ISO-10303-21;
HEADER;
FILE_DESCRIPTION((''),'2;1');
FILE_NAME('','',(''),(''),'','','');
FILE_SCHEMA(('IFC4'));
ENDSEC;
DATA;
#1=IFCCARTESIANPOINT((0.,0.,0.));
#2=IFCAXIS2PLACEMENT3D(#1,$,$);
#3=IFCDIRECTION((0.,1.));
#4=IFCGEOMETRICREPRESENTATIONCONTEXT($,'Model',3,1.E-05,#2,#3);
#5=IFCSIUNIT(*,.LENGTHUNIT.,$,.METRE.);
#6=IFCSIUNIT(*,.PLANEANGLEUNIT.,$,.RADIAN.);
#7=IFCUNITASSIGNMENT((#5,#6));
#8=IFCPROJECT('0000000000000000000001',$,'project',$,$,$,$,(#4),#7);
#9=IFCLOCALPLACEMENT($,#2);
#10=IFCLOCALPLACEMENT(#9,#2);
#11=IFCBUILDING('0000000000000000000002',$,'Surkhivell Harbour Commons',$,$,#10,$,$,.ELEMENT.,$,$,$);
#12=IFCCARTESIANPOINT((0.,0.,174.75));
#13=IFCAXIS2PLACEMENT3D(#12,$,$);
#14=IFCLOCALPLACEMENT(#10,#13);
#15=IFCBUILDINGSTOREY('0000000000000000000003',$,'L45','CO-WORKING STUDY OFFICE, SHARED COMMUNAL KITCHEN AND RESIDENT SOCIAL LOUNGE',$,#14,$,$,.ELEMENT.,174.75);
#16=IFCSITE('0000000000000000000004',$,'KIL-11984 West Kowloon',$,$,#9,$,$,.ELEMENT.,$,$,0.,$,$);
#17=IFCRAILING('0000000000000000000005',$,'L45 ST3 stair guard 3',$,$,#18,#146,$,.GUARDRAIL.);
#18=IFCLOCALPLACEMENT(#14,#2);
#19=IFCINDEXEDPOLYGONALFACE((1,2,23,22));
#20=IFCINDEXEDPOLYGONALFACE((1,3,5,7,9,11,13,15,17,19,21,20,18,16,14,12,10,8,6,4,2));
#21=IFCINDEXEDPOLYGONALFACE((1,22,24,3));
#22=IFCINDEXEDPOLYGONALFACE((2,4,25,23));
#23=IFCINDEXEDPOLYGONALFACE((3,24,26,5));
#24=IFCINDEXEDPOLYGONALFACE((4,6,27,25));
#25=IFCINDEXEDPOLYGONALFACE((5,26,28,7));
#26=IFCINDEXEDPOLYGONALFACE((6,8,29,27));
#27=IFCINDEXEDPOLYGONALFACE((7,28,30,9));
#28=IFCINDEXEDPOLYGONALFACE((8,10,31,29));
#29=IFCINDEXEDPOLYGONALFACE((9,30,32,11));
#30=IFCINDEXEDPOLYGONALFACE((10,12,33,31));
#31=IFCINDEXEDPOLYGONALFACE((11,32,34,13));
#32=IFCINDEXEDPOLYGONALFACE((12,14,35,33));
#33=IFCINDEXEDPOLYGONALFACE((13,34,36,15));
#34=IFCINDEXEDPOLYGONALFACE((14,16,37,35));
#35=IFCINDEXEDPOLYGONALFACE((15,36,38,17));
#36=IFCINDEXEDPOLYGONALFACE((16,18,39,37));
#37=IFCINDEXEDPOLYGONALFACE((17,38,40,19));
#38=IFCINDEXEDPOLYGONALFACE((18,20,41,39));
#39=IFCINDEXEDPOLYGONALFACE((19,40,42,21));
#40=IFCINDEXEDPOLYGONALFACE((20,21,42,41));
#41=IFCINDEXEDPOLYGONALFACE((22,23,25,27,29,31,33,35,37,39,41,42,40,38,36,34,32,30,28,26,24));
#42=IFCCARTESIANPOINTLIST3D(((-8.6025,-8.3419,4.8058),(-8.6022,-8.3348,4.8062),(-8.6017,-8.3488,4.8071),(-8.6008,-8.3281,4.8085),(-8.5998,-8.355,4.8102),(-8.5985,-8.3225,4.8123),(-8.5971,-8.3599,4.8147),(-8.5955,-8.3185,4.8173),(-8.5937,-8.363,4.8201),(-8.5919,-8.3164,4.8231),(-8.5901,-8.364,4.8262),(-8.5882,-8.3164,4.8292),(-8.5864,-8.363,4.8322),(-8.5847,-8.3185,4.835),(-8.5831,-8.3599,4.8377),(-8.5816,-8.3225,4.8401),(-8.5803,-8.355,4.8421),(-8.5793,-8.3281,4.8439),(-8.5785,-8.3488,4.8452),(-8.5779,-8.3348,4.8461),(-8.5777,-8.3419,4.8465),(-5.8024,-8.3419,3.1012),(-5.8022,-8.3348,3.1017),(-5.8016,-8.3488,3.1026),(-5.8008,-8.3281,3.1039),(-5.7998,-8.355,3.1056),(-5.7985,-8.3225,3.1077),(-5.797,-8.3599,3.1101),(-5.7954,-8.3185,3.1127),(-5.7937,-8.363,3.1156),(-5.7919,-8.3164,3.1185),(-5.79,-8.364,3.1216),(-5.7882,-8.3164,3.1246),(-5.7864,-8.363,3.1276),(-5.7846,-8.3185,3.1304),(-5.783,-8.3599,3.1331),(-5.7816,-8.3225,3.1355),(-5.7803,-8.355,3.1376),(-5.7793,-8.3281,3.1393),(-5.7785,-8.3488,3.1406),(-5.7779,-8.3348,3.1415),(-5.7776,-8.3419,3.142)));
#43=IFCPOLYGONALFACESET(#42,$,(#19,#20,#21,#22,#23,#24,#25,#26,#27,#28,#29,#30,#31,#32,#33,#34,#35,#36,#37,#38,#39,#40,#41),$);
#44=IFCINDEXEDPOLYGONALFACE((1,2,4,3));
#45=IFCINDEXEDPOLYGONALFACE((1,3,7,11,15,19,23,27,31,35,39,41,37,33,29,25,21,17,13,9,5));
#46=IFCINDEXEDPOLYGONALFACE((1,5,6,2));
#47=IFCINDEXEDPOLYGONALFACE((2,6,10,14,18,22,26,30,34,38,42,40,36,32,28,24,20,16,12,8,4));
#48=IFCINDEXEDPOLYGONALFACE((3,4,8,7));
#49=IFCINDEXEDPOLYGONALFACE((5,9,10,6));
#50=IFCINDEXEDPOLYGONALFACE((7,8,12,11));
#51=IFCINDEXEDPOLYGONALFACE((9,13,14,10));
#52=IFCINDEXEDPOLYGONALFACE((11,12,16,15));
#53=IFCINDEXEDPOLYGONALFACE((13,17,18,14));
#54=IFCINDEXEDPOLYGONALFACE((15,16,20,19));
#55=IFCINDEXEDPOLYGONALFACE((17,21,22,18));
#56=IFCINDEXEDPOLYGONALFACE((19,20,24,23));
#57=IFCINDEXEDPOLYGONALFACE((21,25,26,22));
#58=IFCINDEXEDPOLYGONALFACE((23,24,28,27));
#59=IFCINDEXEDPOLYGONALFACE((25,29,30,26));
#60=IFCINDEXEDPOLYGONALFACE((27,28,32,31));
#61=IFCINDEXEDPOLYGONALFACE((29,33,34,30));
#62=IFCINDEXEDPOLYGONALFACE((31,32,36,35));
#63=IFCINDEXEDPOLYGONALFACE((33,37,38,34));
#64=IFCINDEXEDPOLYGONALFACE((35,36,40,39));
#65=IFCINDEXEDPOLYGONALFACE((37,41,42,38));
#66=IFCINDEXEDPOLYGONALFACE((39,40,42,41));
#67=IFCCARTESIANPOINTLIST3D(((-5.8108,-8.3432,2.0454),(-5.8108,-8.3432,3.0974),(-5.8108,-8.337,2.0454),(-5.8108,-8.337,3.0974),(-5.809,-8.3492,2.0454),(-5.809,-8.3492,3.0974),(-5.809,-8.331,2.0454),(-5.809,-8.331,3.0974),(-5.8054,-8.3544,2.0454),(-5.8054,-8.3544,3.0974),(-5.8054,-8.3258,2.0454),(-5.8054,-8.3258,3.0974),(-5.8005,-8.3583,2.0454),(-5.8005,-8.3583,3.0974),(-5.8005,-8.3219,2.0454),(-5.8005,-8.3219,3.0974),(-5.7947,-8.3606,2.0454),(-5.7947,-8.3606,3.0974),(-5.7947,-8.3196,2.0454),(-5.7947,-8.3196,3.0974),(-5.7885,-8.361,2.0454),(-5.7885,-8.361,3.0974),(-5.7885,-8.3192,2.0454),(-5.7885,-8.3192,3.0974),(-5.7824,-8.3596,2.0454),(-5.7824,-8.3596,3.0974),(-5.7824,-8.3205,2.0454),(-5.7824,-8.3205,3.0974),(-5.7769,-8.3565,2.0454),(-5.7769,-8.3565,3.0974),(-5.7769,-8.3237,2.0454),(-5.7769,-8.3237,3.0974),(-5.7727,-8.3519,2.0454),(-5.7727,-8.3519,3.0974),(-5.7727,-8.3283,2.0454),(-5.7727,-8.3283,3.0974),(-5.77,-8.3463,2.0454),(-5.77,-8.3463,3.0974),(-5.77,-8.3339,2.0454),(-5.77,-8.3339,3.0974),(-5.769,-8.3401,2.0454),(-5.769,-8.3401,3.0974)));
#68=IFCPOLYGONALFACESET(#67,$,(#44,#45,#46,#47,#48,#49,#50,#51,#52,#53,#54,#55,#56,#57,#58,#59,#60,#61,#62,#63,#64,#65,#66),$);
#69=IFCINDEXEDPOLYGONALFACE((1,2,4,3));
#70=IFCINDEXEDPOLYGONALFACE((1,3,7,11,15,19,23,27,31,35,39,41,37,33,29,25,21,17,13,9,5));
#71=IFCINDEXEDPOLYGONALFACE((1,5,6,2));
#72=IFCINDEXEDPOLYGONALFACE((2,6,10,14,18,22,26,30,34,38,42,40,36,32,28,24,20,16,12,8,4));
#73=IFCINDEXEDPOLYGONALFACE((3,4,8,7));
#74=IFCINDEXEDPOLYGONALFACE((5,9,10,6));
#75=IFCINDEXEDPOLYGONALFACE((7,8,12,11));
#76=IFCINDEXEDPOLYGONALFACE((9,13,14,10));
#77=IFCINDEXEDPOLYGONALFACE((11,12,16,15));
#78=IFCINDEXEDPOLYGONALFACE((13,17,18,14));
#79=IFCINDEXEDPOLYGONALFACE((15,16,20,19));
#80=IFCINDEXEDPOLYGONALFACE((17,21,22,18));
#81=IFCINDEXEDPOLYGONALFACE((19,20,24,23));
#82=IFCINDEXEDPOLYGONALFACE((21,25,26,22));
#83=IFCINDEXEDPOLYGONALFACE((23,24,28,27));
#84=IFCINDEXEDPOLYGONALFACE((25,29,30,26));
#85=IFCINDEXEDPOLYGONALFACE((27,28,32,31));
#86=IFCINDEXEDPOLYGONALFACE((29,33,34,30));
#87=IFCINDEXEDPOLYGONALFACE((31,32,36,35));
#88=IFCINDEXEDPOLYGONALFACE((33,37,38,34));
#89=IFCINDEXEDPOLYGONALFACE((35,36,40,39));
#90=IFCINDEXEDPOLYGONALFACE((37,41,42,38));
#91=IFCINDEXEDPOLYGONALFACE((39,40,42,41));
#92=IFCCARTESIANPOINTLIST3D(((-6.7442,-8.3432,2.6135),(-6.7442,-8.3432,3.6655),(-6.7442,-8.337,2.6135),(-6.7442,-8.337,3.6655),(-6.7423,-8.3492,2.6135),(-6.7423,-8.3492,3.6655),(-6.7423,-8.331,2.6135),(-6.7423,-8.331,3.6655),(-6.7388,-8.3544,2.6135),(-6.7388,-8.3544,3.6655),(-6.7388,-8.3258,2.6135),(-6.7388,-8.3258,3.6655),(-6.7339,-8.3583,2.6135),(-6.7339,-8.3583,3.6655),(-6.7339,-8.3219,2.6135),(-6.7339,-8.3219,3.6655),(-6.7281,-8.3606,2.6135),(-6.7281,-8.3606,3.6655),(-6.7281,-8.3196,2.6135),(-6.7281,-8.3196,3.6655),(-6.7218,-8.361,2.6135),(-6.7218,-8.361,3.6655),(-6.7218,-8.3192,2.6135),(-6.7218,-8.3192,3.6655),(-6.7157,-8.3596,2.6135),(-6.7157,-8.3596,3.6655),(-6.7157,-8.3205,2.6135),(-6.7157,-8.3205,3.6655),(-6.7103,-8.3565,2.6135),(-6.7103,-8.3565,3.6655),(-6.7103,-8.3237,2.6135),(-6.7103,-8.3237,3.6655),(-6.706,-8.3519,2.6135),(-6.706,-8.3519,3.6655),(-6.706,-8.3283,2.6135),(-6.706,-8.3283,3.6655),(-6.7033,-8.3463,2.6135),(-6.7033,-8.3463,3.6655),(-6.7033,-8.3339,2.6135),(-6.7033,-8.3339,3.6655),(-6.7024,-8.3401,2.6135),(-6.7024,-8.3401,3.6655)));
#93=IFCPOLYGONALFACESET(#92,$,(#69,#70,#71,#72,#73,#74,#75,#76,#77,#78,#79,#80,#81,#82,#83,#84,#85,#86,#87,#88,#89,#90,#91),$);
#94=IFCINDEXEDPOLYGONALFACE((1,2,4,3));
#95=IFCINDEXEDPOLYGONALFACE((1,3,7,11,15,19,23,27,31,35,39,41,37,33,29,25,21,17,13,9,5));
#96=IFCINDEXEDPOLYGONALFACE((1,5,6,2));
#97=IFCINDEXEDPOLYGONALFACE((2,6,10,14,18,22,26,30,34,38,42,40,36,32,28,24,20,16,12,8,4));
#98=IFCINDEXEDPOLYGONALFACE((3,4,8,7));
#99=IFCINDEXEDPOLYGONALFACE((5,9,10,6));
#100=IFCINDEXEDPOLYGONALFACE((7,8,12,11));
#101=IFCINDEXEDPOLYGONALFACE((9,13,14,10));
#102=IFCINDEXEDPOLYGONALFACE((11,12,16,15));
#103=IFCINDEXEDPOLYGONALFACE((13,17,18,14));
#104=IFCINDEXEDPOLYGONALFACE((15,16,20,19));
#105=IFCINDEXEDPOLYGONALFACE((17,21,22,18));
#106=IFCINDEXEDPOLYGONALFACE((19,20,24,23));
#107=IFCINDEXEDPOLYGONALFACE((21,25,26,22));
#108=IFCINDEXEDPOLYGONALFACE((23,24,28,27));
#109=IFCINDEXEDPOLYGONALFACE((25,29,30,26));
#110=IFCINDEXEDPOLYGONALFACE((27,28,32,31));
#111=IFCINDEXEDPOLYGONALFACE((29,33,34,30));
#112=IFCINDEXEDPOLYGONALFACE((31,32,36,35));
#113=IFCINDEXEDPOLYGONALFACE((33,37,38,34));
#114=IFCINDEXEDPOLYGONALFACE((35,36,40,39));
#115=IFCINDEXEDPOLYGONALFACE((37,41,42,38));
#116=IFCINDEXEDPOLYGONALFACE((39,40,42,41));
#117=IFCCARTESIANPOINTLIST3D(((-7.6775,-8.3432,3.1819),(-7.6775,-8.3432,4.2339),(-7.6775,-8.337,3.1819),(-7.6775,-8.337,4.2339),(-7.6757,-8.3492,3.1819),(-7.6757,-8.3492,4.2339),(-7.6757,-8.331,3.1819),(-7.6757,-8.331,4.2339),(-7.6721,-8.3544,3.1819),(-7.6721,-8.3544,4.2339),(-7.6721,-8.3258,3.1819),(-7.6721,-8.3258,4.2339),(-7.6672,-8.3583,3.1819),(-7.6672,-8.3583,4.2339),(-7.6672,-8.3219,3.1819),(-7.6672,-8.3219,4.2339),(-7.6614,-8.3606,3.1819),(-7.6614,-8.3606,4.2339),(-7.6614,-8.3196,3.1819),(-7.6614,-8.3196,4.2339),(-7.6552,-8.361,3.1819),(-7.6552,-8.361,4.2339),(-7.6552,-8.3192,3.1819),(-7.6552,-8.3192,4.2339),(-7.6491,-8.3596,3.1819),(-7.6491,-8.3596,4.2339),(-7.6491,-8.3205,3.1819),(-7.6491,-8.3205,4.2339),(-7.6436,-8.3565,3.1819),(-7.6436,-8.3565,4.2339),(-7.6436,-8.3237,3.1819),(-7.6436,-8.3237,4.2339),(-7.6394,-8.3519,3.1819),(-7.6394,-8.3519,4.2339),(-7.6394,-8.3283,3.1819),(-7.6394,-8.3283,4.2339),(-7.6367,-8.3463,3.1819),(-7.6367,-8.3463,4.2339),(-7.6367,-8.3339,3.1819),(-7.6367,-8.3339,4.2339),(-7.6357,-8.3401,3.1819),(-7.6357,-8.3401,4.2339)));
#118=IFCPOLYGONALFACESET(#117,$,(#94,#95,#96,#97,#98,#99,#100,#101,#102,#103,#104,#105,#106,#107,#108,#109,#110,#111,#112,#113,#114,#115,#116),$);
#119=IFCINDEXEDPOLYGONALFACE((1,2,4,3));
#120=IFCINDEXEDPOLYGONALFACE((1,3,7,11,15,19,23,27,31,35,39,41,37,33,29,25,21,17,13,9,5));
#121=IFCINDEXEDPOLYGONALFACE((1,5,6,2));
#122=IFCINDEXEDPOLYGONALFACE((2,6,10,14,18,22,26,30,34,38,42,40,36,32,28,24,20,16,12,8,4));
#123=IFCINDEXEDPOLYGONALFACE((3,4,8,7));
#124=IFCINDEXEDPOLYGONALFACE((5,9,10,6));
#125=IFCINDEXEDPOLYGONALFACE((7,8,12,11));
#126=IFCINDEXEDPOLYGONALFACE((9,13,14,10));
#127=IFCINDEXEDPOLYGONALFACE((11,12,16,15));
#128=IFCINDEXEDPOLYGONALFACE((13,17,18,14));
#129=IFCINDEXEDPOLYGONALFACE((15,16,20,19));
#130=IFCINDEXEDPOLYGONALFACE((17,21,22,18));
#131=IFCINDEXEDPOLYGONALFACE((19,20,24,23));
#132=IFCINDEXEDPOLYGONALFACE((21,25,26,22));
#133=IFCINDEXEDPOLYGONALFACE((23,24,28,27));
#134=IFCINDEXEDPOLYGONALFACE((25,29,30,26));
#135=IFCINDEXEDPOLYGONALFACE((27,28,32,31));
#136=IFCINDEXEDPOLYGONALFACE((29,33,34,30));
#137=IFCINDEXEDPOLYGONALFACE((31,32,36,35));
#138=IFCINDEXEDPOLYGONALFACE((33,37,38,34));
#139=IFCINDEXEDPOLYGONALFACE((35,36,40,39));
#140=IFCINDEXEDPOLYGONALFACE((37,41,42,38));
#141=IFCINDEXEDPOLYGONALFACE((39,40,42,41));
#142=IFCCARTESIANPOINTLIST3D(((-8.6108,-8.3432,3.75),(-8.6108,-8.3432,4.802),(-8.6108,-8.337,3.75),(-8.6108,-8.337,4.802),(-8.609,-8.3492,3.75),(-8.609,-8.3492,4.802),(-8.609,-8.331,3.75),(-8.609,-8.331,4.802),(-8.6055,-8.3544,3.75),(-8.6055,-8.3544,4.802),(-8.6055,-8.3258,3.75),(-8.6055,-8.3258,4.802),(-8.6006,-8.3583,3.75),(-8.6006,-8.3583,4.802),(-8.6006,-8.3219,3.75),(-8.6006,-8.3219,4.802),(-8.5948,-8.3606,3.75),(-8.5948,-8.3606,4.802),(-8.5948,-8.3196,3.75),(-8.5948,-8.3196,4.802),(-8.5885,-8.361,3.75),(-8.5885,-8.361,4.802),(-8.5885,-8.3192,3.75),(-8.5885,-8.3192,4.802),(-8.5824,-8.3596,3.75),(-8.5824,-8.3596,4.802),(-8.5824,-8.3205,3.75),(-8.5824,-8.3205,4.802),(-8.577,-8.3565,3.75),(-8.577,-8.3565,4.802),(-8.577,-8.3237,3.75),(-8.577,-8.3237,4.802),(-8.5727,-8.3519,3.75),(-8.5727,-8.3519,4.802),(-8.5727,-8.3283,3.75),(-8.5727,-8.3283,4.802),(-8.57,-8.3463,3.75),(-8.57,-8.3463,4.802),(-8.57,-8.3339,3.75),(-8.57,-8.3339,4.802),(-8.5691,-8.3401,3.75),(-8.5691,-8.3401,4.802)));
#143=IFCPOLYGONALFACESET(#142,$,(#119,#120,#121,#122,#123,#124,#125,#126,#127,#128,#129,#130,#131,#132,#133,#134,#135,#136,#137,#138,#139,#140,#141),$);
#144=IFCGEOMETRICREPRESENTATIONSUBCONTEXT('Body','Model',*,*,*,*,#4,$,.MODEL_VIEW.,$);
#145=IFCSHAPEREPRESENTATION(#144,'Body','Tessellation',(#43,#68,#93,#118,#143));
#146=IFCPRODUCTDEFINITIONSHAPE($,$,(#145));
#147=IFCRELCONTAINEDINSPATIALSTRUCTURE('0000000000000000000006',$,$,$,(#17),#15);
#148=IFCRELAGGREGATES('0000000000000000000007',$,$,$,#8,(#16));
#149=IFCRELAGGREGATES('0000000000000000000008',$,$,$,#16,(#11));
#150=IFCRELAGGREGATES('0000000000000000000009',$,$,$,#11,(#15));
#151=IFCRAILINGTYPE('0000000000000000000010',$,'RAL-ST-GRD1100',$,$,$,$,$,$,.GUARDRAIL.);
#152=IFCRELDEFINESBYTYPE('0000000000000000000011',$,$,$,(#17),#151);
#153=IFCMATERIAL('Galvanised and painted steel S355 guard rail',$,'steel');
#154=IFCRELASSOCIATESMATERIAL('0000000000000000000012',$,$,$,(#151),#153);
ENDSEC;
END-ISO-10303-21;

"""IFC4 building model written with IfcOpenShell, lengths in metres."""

from ifc_helpers import new_model, si_unit, direction, frame, origin, origin_2d, place, context, subcontext, project, spatial, circle, extrude, material, type_object, element, save


model = new_model("IFC4")

# Units and contexts
model_context = context("Model", 3, precision=1e-05, world=origin(), true_north=direction((0.0, 1.0)))
body_context = subcontext(model_context, "Body", "Model", "MODEL_VIEW")
ifc_project = project(units=[si_unit("LENGTHUNIT", "METRE"), si_unit("PLANEANGLEUNIT", "RADIAN")], contexts=[model_context])

# Site, building, storey
site_placement = place(None, origin())
site = spatial("IfcSite", under=ifc_project, at=site_placement, Name="KIL-11984 West Kowloon", CompositionType="ELEMENT", RefElevation=0.0)
building_placement = place(site_placement, origin())
building = spatial("IfcBuilding", under=site, at=building_placement, Name="Surkhivell Harbour Commons", CompositionType="ELEMENT")
storey_placement = place(building_placement, frame((0.0, 0.0, 174.75)))
storey = spatial("IfcBuildingStorey", under=building, at=storey_placement, Name="L45", Description="CO-WORKING STUDY OFFICE, SHARED COMMUNAL KITCHEN AND RESIDENT SOCIAL LOUNGE", CompositionType="ELEMENT", Elevation=174.75)

# Railing
ifc_material_1 = material(Name="Galvanised and painted steel S355 guard rail", Category="steel")
railing_type_1 = type_object("IfcRailingType", Name="RAL-ST-GRD1100", PredefinedType="GUARDRAIL", material=ifc_material_1)
railing_1_placement = place(storey_placement, frame((-5.79, -8.3401, 2.0454)))
element("IfcRailing", 1, at=railing_1_placement, inside=storey, type_object=railing_type_1, Name="L45 ST3 stair guard 3", PredefinedType="GUARDRAIL", context=body_context, shape_type="SweptSolid", body=[
    extrude(circle(Radius=0.0239, at=origin_2d()), frame((0.0, 0.0, 1.0762), z_axis=(-0.85417, 0.0, 0.519994), x_axis=(0.0, -1.0, 0.0)), (0.0, 0.0, 1.0), 3.2781),
    extrude(circle(Radius=0.021, at=origin_2d()), origin(), (0.0, 0.0, 1.0), 1.052),
    extrude(circle(Radius=0.021, at=origin_2d()), frame((-0.9333, 0.0, 0.5681)), (0.0, 0.0, 1.0), 1.052),
    extrude(circle(Radius=0.021, at=origin_2d()), frame((-1.8667, 0.0, 1.1365)), (0.0, 0.0, 1.0), 1.052),
    extrude(circle(Radius=0.021, at=origin_2d()), frame((-2.8, 0.0, 1.7046)), (0.0, 0.0, 1.0), 1.052),
])

save(model, "model.ifc")
